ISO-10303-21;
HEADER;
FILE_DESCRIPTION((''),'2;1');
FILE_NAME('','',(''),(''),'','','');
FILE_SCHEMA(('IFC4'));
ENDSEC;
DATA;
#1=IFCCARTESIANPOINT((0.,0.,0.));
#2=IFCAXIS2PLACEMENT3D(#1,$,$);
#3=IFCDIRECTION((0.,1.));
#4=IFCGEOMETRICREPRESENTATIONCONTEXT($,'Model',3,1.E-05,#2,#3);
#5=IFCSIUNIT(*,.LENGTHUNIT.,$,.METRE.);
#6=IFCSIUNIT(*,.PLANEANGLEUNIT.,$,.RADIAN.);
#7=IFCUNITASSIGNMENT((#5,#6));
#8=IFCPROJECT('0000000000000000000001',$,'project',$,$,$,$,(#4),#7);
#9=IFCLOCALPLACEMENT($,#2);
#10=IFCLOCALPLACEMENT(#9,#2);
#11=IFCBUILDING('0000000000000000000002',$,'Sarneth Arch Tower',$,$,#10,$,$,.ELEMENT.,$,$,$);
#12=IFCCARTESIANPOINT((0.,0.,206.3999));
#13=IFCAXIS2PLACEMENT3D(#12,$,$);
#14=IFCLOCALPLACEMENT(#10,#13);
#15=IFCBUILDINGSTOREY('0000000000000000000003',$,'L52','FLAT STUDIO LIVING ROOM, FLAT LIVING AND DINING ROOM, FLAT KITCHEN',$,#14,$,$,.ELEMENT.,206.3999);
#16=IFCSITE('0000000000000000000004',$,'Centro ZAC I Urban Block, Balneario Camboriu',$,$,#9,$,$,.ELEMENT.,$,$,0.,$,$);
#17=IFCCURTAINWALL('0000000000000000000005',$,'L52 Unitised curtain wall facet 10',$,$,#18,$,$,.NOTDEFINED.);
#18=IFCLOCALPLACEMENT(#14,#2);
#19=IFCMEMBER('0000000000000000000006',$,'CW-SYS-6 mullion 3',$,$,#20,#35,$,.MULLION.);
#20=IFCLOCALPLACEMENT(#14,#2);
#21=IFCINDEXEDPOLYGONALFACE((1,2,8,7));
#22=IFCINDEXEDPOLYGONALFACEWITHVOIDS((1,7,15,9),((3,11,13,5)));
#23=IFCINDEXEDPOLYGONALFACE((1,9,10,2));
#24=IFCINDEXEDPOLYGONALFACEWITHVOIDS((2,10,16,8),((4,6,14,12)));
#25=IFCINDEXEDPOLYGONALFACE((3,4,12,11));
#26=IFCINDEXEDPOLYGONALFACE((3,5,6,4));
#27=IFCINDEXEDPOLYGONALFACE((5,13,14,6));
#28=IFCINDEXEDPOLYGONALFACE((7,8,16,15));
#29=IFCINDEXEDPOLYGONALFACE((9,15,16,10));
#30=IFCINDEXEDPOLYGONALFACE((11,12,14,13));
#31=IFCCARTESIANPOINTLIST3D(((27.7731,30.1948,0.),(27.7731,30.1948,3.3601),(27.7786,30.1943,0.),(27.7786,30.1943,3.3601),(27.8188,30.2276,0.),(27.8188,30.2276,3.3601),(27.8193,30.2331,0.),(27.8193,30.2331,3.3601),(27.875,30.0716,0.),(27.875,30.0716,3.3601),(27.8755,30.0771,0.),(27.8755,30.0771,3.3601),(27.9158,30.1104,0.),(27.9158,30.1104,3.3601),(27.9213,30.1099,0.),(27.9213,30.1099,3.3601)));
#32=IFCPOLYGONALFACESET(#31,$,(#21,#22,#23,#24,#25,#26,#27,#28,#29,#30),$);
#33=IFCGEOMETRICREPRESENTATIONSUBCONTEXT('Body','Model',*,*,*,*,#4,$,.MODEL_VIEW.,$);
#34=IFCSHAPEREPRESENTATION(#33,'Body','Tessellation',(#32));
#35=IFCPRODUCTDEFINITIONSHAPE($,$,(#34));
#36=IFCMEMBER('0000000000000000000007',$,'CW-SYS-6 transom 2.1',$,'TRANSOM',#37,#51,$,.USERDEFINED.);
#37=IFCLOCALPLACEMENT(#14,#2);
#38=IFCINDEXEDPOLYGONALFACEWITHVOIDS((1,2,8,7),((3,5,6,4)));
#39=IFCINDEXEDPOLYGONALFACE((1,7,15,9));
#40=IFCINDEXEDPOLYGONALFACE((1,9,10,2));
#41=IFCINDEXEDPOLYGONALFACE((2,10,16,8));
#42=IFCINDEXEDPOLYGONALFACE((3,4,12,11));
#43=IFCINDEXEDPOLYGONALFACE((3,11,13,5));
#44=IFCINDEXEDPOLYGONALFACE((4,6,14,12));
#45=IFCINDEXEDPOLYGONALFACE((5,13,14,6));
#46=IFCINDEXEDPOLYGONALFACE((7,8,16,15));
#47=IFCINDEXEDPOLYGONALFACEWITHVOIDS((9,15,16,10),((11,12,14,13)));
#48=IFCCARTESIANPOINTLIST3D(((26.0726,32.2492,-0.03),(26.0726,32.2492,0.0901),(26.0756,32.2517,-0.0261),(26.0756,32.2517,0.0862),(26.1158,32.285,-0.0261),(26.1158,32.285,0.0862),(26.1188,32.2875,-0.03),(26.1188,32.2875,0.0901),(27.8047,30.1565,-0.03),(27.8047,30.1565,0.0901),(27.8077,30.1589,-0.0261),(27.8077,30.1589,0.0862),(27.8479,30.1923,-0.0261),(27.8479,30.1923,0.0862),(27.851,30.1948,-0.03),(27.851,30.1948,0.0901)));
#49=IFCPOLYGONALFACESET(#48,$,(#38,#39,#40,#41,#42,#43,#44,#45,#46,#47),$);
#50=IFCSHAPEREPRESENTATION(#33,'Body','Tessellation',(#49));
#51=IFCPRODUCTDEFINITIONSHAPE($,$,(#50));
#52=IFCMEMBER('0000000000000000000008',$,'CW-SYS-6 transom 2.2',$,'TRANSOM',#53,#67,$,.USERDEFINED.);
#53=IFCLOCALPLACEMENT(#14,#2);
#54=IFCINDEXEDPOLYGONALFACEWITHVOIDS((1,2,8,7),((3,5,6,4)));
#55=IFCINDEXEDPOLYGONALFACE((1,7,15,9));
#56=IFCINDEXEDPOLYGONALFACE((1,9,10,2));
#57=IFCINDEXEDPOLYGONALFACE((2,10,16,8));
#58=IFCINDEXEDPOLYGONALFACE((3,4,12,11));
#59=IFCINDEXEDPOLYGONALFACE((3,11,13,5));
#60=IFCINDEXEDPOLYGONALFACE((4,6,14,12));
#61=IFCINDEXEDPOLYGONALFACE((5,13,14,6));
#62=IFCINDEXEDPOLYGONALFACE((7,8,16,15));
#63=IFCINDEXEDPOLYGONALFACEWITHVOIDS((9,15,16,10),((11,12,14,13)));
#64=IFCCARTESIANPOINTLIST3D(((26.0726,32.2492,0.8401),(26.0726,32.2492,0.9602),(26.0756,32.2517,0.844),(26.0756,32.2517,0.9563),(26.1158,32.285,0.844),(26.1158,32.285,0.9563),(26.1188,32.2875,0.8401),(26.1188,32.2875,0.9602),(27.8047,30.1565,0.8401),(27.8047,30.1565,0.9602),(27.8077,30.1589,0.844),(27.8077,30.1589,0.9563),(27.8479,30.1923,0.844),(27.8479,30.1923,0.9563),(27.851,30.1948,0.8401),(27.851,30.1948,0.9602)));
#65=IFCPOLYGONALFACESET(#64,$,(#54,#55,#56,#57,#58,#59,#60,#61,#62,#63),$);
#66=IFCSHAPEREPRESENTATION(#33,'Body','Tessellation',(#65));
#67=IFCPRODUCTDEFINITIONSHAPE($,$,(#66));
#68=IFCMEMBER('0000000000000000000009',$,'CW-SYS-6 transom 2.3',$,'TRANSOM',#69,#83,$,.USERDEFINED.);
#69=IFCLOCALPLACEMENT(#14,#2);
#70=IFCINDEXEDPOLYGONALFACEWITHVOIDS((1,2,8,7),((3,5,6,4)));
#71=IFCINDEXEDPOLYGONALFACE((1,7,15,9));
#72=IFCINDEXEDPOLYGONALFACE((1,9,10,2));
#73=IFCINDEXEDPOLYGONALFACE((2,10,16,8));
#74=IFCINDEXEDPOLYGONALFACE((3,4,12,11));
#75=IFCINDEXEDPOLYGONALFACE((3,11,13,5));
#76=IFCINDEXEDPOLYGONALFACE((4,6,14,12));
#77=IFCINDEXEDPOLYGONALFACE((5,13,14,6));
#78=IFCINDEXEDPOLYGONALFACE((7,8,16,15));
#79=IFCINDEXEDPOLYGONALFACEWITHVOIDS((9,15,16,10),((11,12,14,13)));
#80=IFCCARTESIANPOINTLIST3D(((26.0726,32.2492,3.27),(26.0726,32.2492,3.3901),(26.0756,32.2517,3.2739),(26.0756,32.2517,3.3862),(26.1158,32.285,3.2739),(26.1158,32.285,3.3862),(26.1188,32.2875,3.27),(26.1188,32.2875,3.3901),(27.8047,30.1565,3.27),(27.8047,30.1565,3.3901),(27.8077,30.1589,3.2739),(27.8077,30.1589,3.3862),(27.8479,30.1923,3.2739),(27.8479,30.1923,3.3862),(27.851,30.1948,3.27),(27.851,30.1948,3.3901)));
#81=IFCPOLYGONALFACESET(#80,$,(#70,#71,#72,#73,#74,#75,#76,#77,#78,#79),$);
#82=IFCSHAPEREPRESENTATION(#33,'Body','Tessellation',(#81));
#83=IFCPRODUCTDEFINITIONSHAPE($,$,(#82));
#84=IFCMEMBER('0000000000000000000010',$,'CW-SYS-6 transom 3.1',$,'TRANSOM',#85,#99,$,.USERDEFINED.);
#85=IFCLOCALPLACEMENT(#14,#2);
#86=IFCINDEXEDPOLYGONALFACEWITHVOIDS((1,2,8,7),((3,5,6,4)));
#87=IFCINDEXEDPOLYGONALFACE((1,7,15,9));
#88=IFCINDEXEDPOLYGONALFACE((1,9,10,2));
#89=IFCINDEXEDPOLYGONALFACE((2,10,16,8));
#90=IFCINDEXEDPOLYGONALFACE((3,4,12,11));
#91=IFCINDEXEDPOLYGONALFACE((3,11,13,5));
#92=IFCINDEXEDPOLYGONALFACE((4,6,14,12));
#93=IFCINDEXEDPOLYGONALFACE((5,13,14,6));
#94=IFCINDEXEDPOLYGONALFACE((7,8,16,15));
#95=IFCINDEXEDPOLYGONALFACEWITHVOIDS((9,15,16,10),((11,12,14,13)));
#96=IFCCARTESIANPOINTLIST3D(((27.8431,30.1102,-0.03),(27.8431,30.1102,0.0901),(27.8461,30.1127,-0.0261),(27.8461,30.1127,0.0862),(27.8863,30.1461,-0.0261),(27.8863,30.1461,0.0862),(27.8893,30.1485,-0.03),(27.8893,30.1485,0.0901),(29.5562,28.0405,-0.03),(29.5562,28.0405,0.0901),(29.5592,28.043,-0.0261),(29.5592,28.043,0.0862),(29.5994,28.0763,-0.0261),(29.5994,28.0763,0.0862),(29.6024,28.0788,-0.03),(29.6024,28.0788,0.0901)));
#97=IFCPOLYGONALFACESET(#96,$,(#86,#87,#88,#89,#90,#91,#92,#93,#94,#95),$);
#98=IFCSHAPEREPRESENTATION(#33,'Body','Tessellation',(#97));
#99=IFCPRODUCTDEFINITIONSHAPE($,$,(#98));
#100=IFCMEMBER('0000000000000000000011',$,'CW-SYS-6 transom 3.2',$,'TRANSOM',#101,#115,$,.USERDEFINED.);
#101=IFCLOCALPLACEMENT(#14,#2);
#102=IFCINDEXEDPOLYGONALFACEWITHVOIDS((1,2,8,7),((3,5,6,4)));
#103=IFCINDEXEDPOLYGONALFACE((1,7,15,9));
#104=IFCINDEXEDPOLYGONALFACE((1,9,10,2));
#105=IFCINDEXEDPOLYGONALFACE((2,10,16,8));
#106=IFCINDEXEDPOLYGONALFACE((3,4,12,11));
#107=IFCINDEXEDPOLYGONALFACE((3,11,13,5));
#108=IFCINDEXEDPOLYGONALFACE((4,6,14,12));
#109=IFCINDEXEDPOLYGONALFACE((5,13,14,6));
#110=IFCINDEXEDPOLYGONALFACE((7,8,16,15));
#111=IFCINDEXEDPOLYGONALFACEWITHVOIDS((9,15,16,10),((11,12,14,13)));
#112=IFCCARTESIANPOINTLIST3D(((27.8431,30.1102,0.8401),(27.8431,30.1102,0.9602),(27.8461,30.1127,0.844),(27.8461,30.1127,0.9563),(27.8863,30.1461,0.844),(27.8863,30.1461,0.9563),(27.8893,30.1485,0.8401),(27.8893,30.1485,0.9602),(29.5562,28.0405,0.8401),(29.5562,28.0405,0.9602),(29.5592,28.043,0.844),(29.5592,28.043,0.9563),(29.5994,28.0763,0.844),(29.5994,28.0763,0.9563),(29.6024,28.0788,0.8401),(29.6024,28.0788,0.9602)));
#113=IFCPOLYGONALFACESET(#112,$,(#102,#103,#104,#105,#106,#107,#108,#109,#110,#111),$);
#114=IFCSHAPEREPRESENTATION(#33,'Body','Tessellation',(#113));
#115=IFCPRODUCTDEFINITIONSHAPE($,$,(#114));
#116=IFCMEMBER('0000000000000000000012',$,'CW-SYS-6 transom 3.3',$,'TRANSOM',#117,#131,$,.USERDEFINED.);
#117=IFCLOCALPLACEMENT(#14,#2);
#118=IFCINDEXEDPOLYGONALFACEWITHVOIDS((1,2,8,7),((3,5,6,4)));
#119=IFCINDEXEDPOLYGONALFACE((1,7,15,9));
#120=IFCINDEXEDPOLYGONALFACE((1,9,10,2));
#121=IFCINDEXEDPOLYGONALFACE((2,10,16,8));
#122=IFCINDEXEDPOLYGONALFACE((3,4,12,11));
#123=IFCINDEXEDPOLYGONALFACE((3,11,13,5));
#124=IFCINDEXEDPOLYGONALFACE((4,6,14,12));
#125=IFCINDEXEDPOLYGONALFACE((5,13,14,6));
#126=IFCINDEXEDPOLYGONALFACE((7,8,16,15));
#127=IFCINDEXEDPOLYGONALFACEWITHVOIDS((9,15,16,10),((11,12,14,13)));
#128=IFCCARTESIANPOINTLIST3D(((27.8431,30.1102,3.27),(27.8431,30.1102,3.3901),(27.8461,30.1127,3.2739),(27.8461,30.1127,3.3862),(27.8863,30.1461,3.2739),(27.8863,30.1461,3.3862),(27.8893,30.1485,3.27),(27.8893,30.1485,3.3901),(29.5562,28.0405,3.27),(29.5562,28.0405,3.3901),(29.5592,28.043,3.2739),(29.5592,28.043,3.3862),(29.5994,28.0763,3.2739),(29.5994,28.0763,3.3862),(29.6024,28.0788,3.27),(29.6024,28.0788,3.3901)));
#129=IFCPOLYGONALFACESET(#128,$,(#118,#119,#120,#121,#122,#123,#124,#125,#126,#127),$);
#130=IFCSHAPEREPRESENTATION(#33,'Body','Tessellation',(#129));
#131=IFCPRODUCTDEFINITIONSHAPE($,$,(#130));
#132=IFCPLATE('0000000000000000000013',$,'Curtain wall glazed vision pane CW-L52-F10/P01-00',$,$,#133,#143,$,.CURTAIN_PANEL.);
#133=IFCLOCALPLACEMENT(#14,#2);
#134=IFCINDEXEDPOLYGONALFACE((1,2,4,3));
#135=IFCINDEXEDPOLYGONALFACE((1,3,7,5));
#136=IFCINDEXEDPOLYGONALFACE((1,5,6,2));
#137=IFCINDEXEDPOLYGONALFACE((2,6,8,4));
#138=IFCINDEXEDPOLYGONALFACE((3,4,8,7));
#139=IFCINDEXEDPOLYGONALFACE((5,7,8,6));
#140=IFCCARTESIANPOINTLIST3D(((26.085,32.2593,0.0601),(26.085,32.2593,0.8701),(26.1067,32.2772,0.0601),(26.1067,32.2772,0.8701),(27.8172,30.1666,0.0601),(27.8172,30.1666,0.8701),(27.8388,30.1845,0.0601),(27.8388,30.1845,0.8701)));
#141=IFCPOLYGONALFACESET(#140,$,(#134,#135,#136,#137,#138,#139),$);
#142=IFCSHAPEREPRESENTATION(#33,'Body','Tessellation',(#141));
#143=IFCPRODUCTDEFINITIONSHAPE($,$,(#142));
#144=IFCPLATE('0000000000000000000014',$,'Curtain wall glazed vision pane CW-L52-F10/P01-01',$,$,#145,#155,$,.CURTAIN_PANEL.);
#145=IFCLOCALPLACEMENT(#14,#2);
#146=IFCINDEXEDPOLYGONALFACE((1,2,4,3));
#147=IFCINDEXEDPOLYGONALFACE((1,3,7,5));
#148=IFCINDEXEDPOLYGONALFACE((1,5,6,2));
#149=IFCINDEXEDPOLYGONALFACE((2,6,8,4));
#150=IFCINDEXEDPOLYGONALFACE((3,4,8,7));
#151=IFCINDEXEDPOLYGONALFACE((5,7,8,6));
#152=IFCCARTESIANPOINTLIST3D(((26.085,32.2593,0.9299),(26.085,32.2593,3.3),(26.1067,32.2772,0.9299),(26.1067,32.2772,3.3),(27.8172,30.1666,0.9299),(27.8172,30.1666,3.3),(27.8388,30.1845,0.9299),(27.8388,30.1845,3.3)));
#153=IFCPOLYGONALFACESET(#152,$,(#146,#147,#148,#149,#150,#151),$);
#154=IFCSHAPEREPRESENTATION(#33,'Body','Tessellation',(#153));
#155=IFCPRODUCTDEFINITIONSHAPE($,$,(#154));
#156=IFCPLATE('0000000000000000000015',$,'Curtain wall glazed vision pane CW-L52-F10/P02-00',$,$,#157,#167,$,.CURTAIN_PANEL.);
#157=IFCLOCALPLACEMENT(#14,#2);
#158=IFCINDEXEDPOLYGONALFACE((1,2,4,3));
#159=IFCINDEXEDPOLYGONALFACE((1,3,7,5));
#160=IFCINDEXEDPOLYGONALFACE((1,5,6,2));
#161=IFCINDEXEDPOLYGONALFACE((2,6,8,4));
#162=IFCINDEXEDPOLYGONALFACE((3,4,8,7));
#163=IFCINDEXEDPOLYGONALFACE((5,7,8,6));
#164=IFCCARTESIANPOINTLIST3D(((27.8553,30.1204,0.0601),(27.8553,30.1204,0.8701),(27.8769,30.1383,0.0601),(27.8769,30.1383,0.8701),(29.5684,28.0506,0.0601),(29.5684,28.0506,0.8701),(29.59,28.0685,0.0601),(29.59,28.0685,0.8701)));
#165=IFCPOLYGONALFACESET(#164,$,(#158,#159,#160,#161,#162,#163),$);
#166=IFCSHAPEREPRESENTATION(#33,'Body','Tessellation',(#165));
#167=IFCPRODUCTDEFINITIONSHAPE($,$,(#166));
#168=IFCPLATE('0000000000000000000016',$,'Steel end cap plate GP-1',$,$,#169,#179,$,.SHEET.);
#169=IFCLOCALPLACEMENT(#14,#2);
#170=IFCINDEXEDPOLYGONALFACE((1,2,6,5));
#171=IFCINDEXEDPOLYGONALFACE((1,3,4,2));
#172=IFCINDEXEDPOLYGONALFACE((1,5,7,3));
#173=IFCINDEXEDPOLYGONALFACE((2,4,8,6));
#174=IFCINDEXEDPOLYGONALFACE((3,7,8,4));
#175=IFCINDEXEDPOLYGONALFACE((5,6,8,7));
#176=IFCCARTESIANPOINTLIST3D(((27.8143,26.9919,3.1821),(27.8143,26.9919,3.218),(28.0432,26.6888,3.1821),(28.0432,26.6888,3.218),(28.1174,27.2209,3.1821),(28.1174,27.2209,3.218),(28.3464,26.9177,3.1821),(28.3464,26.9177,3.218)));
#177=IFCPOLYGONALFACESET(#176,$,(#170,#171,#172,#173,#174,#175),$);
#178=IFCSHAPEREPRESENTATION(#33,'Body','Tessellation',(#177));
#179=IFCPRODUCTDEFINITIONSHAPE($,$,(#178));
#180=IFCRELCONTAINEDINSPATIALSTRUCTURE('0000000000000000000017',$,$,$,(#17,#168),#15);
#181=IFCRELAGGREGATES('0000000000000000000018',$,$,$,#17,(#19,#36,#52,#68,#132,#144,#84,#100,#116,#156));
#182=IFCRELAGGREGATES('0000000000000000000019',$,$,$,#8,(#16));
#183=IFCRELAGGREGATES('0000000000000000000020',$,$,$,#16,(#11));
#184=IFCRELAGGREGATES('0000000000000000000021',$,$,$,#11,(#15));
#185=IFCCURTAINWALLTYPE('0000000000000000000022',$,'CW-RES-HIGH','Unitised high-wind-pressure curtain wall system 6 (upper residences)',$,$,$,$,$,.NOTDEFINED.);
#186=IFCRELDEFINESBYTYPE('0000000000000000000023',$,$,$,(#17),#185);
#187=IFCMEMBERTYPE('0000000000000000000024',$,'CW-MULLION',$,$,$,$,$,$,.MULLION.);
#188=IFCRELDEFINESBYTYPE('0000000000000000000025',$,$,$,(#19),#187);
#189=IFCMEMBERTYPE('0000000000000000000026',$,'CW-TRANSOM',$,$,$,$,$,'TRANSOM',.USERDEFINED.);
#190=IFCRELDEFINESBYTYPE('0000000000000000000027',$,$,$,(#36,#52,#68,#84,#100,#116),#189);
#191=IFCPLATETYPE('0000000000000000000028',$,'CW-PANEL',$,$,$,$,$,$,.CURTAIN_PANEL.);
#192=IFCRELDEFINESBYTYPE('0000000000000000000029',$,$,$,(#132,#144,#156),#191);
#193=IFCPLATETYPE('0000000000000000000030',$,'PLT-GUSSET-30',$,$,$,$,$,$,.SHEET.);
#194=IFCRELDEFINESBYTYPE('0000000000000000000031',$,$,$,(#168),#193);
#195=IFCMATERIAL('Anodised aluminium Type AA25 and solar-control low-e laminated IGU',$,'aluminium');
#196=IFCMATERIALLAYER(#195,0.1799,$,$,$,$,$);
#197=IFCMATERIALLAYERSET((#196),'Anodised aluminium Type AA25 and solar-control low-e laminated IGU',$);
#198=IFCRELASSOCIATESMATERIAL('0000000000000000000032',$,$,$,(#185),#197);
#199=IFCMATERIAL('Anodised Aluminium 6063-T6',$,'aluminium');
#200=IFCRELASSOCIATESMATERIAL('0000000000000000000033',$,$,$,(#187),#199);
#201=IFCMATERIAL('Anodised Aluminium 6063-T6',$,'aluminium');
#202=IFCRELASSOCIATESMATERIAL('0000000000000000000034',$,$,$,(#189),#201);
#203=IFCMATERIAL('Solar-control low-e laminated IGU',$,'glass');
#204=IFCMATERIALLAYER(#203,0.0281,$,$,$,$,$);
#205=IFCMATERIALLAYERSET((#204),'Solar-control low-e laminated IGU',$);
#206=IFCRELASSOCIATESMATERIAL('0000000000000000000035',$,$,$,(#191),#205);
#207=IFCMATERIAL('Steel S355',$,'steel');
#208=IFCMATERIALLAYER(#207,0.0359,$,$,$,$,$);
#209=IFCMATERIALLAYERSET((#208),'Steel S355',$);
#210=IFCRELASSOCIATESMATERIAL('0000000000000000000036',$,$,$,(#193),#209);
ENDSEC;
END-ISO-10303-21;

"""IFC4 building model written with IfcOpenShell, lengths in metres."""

from ifc_helpers import new_model, si_unit, direction, frame, origin, origin_2d, place, context, subcontext, project, spatial, rectangle, hollow_rectangle, extrude, material, layer, layer_set, material_profile, profile_set, type_object, element, aggregate, save


model = new_model("IFC4")

# Units and contexts
model_context = context("Model", 3, precision=1e-05, world=origin(), true_north=direction((0.0, 1.0)))
body_context = subcontext(model_context, "Body", "Model", "MODEL_VIEW")
ifc_project = project(units=[si_unit("LENGTHUNIT", "METRE"), si_unit("PLANEANGLEUNIT", "RADIAN")], contexts=[model_context])

# Site, building, storey
site_placement = place(None, origin())
site = spatial("IfcSite", under=ifc_project, at=site_placement, Name="Centro ZAC I Urban Block, Balneario Camboriu", CompositionType="ELEMENT", RefElevation=0.0)
building_placement = place(site_placement, origin())
building = spatial("IfcBuilding", under=site, at=building_placement, Name="Sarneth Arch Tower", CompositionType="ELEMENT")
storey_placement = place(building_placement, frame((0.0, 0.0, 206.3999)))
storey = spatial("IfcBuildingStorey", under=building, at=storey_placement, Name="L52", Description="FLAT STUDIO LIVING ROOM, FLAT LIVING AND DINING ROOM, FLAT KITCHEN", CompositionType="ELEMENT", Elevation=206.3999)

# Curtain wall, members, plates
ifc_material_1 = material(Name="Anodised aluminium Type AA25 and solar-control low-e laminated IGU", Category="aluminium")
ifc_layer_1 = layer(ifc_material_1, 0.1799)
ifc_layer_set_1 = layer_set([ifc_layer_1], Name="Anodised aluminium Type AA25 and solar-control low-e laminated IGU")
curtain_wall_type = type_object("IfcCurtainWallType", Name="CW-RES-HIGH", Description="Unitised high-wind-pressure curtain wall system 6 (upper residences)", PredefinedType="NOTDEFINED", material=ifc_layer_set_1)
curtain_wall_placement = place(storey_placement, origin())
curtain_wall = element("IfcCurtainWall", 1, at=curtain_wall_placement, inside=storey, type_object=curtain_wall_type, Name="L52 Unitised curtain wall facet 10", PredefinedType="NOTDEFINED")
ifc_material_2 = material(Name="Anodised Aluminium 6063-T6", Category="aluminium")
ifc_material_profile_1 = material_profile(ifc_material_2, hollow_rectangle(XDim=0.0601, YDim=0.1599, WallThickness=0.0039, at=origin_2d()), Name="AL-MULL-160x60x4")
ifc_profile_set_1 = profile_set([ifc_material_profile_1], Name="Anodised Aluminium 6063-T6")
member_type_1 = type_object("IfcMemberType", Name="CW-MULLION", PredefinedType="MULLION", material=ifc_profile_set_1)
member_1_placement = place(storey_placement, frame((27.8472, 30.1523, 0.0), z_axis=(0.0, 0.0, 1.0), x_axis=(0.770359, 0.63761, 0.0)))
member_1 = element("IfcMember", 2, at=member_1_placement, type_object=member_type_1, Name="CW-SYS-6 mullion 3", PredefinedType="MULLION", context=body_context, shape_type="SweptSolid", body=[
    extrude(hollow_rectangle(XDim=0.0601, YDim=0.1599, WallThickness=0.0039, at=origin_2d()), origin(), (0.0, 0.0, 1.0), 3.3601),
])
ifc_material_3 = material(Name="Anodised Aluminium 6063-T6", Category="aluminium")
ifc_material_profile_2 = material_profile(ifc_material_3, hollow_rectangle(XDim=0.0601, YDim=0.1201, WallThickness=0.0039, at=origin_2d()), Name="AL-TRAN-120x60x4")
ifc_profile_set_2 = profile_set([ifc_material_profile_2], Name="Anodised Aluminium 6063-T6")
member_type_2 = type_object("IfcMemberType", Name="CW-TRANSOM", ElementType="TRANSOM", PredefinedType="USERDEFINED", material=ifc_profile_set_2)
member_2_placement = place(storey_placement, frame((26.0957, 32.2683, 0.03), z_axis=(0.637617, -0.770353, 0.0), x_axis=(0.770353, 0.637617, 0.0)))
member_2 = element("IfcMember", 3, at=member_2_placement, type_object=member_type_2, Name="CW-SYS-6 transom 2.1", ObjectType="TRANSOM", PredefinedType="USERDEFINED", context=body_context, shape_type="SweptSolid", body=[
    extrude(hollow_rectangle(XDim=0.0601, YDim=0.1201, WallThickness=0.0039, at=origin_2d()), origin(), (0.0, 0.0, 1.0), 2.7166),
])
member_3_placement = place(storey_placement, frame((26.0957, 32.2683, 0.9001), z_axis=(0.637617, -0.770353, 0.0), x_axis=(0.770353, 0.637617, 0.0)))
member_3 = element("IfcMember", 4, at=member_3_placement, type_object=member_type_2, Name="CW-SYS-6 transom 2.2", ObjectType="TRANSOM", PredefinedType="USERDEFINED", context=body_context, shape_type="SweptSolid", body=[
    extrude(hollow_rectangle(XDim=0.0601, YDim=0.1201, WallThickness=0.0039, at=origin_2d()), origin(), (0.0, 0.0, 1.0), 2.7166),
])
member_4_placement = place(storey_placement, frame((26.0957, 32.2683, 3.3301), z_axis=(0.637617, -0.770353, 0.0), x_axis=(0.770353, 0.637617, 0.0)))
member_4 = element("IfcMember", 5, at=member_4_placement, type_object=member_type_2, Name="CW-SYS-6 transom 2.3", ObjectType="TRANSOM", PredefinedType="USERDEFINED", context=body_context, shape_type="SweptSolid", body=[
    extrude(hollow_rectangle(XDim=0.0601, YDim=0.1201, WallThickness=0.0039, at=origin_2d()), origin(), (0.0, 0.0, 1.0), 2.7166),
])
member_5_placement = place(storey_placement, frame((27.8662, 30.1294, 0.03), z_axis=(0.637607, -0.770362, 0.0), x_axis=(0.770362, 0.637607, 0.0)))
member_5 = element("IfcMember", 6, at=member_5_placement, type_object=member_type_2, Name="CW-SYS-6 transom 3.1", ObjectType="TRANSOM", PredefinedType="USERDEFINED", context=body_context, shape_type="SweptSolid", body=[
    extrude(hollow_rectangle(XDim=0.0601, YDim=0.1201, WallThickness=0.0039, at=origin_2d()), origin(), (0.0, 0.0, 1.0), 2.6868),
])
member_6_placement = place(storey_placement, frame((27.8662, 30.1294, 0.9001), z_axis=(0.637607, -0.770362, 0.0), x_axis=(0.770362, 0.637607, 0.0)))
member_6 = element("IfcMember", 7, at=member_6_placement, type_object=member_type_2, Name="CW-SYS-6 transom 3.2", ObjectType="TRANSOM", PredefinedType="USERDEFINED", context=body_context, shape_type="SweptSolid", body=[
    extrude(hollow_rectangle(XDim=0.0601, YDim=0.1201, WallThickness=0.0039, at=origin_2d()), origin(), (0.0, 0.0, 1.0), 2.6868),
])
member_7_placement = place(storey_placement, frame((27.8662, 30.1294, 3.3301), z_axis=(0.637607, -0.770362, 0.0), x_axis=(0.770362, 0.637607, 0.0)))
member_7 = element("IfcMember", 8, at=member_7_placement, type_object=member_type_2, Name="CW-SYS-6 transom 3.3", ObjectType="TRANSOM", PredefinedType="USERDEFINED", context=body_context, shape_type="SweptSolid", body=[
    extrude(hollow_rectangle(XDim=0.0601, YDim=0.1201, WallThickness=0.0039, at=origin_2d()), origin(), (0.0, 0.0, 1.0), 2.6868),
])
ifc_material_4 = material(Name="Solar-control low-e laminated IGU", Category="glass")
ifc_layer_2 = layer(ifc_material_4, 0.0281)
ifc_layer_set_2 = layer_set([ifc_layer_2], Name="Solar-control low-e laminated IGU")
plate_type_1 = type_object("IfcPlateType", Name="CW-PANEL", PredefinedType="CURTAIN_PANEL", material=ifc_layer_set_2)
plate_1_placement = place(storey_placement, frame((26.9619, 31.2219, 0.0601), z_axis=(0.0, 0.0, 1.0), x_axis=(0.63761, -0.770359, 0.0)))
plate_1 = element("IfcPlate", 9, at=plate_1_placement, type_object=plate_type_1, Name="Curtain wall glazed vision pane CW-L52-F10/P01-00", PredefinedType="CURTAIN_PANEL", context=body_context, shape_type="SweptSolid", body=[
    extrude(rectangle(XDim=2.7166, YDim=0.0281, at=origin_2d()), origin(), (0.0, 0.0, 1.0), 0.8101),
])
plate_2_placement = place(storey_placement, frame((26.9619, 31.2219, 0.9299), z_axis=(0.0, 0.0, 1.0), x_axis=(0.63761, -0.770359, 0.0)))
plate_2 = element("IfcPlate", 10, at=plate_2_placement, type_object=plate_type_1, Name="Curtain wall glazed vision pane CW-L52-F10/P01-01", PredefinedType="CURTAIN_PANEL", context=body_context, shape_type="SweptSolid", body=[
    extrude(rectangle(XDim=2.7166, YDim=0.0281, at=origin_2d()), origin(), (0.0, 0.0, 1.0), 2.3701),
])
plate_3_placement = place(storey_placement, frame((28.7227, 29.0945, 0.0601), z_axis=(0.0, 0.0, 1.0), x_axis=(0.63761, -0.770359, 0.0)))
plate_3 = element("IfcPlate", 11, at=plate_3_placement, type_object=plate_type_1, Name="Curtain wall glazed vision pane CW-L52-F10/P02-00", PredefinedType="CURTAIN_PANEL", context=body_context, shape_type="SweptSolid", body=[
    extrude(rectangle(XDim=2.6868, YDim=0.0281, at=origin_2d()), origin(), (0.0, 0.0, 1.0), 0.8101),
])
aggregate(curtain_wall, [member_1, member_2, member_3, member_4, plate_1, plate_2, member_5, member_6, member_7, plate_3])

# Plate
ifc_material_5 = material(Name="Steel S355", Category="steel")
ifc_layer_3 = layer(ifc_material_5, 0.0359)
ifc_layer_set_3 = layer_set([ifc_layer_3], Name="Steel S355")
plate_type_2 = type_object("IfcPlateType", Name="PLT-GUSSET-30", PredefinedType="SHEET", material=ifc_layer_set_3)
plate_4_placement = place(storey_placement, frame((28.0803, 26.9548, 3.1821), z_axis=(0.0, 0.0, 1.0), x_axis=(-0.798005, -0.602651, 0.0)))
element("IfcPlate", 12, at=plate_4_placement, inside=storey, type_object=plate_type_2, Name="Steel end cap plate GP-1", PredefinedType="SHEET", context=body_context, shape_type="SweptSolid", body=[
    extrude(rectangle(XDim=0.3799, YDim=0.3799, at=origin_2d()), origin(), (0.0, 0.0, 1.0), 0.0359),
])

save(model, "model.ifc")
